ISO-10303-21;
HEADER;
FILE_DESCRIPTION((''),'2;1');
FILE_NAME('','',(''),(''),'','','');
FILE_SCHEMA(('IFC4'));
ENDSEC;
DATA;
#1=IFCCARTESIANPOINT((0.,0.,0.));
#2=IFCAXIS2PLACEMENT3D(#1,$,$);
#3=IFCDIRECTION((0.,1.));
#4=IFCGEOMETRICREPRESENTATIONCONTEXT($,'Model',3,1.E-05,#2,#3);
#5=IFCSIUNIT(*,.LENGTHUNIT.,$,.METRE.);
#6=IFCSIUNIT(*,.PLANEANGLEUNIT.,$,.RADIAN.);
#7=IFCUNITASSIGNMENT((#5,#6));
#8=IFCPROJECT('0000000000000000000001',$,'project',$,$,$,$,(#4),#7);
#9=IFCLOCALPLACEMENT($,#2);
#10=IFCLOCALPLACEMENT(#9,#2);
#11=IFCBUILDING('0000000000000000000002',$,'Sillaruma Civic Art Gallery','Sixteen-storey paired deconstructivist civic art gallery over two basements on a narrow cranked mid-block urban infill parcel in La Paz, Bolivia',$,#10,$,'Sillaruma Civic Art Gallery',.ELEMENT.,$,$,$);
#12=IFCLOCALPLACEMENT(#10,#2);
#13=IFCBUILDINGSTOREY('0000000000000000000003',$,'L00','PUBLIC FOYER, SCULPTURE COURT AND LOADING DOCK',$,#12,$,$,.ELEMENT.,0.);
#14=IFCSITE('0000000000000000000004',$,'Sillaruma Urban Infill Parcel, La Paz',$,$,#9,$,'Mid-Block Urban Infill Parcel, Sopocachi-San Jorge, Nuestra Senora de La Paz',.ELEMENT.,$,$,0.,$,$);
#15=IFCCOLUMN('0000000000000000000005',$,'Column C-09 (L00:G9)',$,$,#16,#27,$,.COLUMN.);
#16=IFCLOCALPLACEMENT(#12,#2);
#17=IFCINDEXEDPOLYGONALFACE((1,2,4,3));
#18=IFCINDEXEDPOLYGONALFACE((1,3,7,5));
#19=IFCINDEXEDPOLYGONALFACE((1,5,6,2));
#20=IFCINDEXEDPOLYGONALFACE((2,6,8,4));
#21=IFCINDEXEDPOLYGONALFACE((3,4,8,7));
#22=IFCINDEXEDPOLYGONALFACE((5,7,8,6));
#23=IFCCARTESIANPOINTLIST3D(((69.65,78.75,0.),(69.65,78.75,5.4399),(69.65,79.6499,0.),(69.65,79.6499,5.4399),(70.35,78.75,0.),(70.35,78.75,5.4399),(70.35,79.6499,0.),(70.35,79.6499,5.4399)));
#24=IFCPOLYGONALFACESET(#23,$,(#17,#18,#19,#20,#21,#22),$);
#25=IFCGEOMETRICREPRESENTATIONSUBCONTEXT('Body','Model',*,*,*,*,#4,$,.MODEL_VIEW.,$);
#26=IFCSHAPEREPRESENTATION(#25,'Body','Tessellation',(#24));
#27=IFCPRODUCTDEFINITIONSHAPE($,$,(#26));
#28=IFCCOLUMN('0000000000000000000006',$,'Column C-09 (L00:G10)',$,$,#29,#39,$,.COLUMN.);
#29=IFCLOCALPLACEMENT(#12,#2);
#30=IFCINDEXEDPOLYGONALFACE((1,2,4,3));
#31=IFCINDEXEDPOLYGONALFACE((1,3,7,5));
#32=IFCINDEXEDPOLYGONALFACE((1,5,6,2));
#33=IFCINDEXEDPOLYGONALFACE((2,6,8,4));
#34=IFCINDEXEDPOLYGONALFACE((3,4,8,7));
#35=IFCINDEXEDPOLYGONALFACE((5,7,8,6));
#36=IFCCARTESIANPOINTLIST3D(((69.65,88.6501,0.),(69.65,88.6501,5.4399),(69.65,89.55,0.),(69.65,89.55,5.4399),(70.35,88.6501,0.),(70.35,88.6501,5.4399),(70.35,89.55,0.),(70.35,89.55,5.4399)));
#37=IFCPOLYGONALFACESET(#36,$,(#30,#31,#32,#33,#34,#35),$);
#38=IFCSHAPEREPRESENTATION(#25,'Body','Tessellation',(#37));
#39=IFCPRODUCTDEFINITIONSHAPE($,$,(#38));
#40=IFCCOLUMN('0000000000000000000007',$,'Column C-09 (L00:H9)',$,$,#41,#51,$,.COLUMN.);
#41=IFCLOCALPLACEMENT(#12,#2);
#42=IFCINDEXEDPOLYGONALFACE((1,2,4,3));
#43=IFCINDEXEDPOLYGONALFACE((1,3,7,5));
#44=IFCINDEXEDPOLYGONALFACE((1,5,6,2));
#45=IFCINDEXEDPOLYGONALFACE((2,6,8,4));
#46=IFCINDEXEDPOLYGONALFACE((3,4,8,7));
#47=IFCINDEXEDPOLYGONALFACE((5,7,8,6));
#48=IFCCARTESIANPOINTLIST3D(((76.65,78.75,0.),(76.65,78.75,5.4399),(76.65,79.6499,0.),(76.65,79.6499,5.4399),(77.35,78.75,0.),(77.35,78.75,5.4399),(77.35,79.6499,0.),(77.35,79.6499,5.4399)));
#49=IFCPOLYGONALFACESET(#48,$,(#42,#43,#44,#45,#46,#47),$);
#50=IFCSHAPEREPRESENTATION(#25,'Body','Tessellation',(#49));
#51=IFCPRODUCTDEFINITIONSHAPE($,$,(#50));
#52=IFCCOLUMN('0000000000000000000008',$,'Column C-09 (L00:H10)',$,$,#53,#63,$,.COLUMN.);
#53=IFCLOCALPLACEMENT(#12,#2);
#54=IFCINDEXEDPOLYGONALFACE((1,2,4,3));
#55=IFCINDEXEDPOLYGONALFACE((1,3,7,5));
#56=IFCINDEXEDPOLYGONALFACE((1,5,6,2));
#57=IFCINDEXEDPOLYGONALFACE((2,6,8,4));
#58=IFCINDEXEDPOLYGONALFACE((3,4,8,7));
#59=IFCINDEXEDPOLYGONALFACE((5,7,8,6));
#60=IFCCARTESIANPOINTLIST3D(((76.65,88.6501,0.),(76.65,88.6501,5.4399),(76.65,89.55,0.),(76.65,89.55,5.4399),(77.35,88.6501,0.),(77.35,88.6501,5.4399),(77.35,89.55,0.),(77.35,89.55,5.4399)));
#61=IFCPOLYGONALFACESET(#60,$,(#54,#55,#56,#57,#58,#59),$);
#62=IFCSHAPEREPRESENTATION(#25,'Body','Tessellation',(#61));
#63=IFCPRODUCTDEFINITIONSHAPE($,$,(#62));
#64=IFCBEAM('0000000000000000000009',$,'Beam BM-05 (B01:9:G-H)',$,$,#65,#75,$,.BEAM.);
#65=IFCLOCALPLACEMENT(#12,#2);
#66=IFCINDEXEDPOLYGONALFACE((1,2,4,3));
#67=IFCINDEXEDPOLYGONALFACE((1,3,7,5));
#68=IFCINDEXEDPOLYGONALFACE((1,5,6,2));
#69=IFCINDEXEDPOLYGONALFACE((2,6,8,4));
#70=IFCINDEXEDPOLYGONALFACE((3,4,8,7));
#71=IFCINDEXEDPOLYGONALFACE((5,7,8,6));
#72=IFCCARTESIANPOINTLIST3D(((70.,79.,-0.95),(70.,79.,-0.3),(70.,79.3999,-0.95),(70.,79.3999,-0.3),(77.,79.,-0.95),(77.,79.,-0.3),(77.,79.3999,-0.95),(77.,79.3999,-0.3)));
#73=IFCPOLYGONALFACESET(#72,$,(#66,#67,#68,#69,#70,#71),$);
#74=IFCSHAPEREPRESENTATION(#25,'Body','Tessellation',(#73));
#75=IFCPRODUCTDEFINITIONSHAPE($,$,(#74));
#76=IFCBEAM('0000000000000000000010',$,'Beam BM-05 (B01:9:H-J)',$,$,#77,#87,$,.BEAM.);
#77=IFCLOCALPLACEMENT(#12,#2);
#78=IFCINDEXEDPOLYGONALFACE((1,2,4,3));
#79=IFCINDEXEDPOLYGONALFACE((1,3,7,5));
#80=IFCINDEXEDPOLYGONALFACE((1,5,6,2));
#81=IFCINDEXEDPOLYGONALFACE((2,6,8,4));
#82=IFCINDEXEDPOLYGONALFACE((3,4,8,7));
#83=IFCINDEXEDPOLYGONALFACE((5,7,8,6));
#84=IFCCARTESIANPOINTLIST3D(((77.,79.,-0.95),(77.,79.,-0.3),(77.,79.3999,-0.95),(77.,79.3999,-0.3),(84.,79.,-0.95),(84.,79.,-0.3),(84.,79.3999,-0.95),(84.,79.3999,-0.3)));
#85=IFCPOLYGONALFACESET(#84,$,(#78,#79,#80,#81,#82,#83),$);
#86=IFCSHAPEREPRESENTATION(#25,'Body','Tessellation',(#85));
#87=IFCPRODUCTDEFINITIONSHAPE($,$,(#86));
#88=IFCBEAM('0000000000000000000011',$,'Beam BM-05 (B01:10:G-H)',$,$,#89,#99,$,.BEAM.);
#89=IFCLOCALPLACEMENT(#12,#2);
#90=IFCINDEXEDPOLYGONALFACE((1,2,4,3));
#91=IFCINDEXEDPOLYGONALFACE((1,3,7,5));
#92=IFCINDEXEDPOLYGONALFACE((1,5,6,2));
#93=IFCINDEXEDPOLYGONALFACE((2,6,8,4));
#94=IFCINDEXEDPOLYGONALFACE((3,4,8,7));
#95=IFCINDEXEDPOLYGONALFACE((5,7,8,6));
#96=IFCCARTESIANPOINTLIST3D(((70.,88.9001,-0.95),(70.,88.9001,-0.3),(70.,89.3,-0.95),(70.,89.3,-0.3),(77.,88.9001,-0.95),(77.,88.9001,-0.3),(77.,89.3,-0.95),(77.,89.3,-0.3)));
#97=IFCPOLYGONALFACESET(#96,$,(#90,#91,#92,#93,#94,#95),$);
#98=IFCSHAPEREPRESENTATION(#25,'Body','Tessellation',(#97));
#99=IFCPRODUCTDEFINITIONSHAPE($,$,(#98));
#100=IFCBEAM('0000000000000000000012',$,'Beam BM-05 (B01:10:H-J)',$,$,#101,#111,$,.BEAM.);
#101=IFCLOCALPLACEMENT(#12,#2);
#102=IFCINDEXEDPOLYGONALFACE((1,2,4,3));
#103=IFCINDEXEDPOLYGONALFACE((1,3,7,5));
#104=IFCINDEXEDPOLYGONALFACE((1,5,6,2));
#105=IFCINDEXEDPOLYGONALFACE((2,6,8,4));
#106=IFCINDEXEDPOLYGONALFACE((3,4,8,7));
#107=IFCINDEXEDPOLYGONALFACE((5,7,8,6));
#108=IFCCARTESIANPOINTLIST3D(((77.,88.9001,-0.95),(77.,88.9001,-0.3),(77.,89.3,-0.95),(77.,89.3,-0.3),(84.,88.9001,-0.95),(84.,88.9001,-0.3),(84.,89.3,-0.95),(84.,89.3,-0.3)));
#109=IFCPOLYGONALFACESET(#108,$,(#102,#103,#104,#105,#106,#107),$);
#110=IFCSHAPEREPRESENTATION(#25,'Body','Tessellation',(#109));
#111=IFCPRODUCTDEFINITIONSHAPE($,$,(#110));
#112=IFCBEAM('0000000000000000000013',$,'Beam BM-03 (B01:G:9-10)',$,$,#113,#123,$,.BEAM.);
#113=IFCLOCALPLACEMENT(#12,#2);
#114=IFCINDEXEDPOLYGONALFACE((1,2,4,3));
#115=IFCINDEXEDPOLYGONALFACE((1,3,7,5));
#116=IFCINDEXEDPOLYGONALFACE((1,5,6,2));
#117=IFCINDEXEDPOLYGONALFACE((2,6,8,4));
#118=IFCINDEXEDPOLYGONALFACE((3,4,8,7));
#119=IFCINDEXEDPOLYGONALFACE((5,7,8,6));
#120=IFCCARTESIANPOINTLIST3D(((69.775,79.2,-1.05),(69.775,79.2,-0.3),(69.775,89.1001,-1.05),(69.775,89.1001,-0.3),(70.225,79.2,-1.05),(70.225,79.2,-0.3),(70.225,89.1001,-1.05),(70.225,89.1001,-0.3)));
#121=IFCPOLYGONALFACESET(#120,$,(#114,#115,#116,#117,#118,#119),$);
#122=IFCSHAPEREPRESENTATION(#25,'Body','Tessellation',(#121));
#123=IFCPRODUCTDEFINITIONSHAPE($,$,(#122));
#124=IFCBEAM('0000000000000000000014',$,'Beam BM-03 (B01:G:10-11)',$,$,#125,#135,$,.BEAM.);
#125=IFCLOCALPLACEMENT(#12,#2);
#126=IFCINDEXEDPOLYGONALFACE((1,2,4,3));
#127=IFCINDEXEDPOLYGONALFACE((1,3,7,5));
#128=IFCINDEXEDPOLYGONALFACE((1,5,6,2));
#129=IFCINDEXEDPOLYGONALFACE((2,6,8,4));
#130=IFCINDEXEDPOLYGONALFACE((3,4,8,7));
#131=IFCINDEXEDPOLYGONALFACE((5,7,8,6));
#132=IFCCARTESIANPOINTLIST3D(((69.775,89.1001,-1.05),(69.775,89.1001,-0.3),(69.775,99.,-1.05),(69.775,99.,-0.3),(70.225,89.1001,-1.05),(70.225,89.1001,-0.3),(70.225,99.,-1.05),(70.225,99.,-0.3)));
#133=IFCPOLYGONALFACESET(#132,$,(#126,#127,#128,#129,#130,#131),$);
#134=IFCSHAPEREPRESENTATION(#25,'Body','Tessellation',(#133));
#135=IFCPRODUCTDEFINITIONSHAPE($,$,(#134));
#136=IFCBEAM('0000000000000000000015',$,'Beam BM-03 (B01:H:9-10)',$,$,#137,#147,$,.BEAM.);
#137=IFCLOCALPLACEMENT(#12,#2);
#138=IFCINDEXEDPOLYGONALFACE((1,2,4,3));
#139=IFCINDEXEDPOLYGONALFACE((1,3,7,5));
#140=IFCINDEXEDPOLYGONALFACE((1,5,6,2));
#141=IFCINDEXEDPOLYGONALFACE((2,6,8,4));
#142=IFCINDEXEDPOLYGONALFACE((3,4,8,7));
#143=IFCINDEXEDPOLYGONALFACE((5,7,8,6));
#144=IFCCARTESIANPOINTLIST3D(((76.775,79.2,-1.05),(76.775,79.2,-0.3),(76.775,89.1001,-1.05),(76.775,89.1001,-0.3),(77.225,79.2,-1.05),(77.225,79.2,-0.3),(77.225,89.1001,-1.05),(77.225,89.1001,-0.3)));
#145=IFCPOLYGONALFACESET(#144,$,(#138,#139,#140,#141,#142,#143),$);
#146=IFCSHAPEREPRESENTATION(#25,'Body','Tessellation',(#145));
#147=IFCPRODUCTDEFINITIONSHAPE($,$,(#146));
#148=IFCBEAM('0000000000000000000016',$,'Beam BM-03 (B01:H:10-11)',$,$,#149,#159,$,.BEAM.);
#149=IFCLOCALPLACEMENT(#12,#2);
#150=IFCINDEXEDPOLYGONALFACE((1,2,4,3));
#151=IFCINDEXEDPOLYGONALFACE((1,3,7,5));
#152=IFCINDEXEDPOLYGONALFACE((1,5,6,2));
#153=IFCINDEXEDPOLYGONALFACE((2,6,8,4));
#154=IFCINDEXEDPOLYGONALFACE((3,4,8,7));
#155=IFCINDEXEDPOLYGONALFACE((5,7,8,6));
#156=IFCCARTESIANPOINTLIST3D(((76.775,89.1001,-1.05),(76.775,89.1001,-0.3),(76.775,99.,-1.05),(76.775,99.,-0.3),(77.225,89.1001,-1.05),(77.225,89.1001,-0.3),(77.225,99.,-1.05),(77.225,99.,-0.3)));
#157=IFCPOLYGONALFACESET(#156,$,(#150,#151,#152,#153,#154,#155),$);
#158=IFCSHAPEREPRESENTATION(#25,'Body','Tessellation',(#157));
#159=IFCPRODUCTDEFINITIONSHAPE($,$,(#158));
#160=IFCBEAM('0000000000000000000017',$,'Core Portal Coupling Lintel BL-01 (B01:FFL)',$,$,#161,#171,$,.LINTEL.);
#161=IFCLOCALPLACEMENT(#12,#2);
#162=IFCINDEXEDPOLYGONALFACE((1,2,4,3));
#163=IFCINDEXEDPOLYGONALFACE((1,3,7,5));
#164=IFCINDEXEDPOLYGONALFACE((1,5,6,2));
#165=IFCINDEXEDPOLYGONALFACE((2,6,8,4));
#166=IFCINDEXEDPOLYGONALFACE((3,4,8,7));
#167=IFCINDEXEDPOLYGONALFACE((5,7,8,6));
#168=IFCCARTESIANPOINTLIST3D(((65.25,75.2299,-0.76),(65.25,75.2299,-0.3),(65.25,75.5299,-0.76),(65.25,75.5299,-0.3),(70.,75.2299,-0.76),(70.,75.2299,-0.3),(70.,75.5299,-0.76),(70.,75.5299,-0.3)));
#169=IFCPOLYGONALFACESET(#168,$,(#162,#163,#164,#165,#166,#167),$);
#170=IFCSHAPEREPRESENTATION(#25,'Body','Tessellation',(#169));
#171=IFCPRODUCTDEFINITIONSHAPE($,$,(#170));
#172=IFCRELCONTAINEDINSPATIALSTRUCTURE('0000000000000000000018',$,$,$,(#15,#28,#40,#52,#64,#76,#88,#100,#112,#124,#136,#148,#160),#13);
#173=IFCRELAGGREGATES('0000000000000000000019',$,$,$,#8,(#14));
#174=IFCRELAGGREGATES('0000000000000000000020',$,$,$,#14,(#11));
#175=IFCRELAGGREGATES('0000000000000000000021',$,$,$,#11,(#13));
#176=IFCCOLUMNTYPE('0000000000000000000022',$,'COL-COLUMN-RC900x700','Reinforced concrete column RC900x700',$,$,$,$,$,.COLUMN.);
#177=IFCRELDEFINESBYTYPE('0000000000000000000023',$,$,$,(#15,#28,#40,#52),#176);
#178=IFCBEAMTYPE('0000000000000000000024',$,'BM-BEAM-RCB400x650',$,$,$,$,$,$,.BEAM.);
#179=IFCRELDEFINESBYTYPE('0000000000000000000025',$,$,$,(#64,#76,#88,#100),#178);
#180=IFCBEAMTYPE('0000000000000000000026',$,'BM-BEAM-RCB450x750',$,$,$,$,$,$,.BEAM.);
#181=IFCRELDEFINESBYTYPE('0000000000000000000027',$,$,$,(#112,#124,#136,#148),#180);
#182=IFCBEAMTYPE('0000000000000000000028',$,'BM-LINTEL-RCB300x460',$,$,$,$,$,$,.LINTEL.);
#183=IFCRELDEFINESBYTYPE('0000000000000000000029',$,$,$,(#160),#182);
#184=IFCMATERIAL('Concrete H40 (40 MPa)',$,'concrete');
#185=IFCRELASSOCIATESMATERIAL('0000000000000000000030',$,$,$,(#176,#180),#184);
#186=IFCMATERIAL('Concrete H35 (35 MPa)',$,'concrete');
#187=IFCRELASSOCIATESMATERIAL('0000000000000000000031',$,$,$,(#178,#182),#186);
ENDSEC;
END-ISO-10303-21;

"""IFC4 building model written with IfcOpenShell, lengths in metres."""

from ifc_helpers import new_model, si_unit, direction, frame, origin, origin_2d, place, context, subcontext, project, spatial, rectangle, extrude, material, material_profile, profile_set, type_object, element, save


model = new_model("IFC4")

# Units and contexts
model_context = context("Model", 3, precision=1e-05, world=origin(), true_north=direction((0.0, 1.0)))
body_context = subcontext(model_context, "Body", "Model", "MODEL_VIEW")
ifc_project = project(units=[si_unit("LENGTHUNIT", "METRE"), si_unit("PLANEANGLEUNIT", "RADIAN")], contexts=[model_context])

# Site, building, storey
site_placement = place(None, origin())
site = spatial("IfcSite", under=ifc_project, at=site_placement, Name="Sillaruma Urban Infill Parcel, La Paz", LongName="Mid-Block Urban Infill Parcel, Sopocachi-San Jorge, Nuestra Senora de La Paz", CompositionType="ELEMENT", RefElevation=0.0)
building_placement = place(site_placement, origin())
building = spatial("IfcBuilding", under=site, at=building_placement, Name="Sillaruma Civic Art Gallery", Description="Sixteen-storey paired deconstructivist civic art gallery over two basements on a narrow cranked mid-block urban infill parcel in La Paz, Bolivia", LongName="Sillaruma Civic Art Gallery", CompositionType="ELEMENT")
storey_placement = place(building_placement, origin())
storey = spatial("IfcBuildingStorey", under=building, at=storey_placement, Name="L00", Description="PUBLIC FOYER, SCULPTURE COURT AND LOADING DOCK", CompositionType="ELEMENT", Elevation=0.0)

# Columns
ifc_material_1 = material(Name="Concrete H40 (40 MPa)", Category="concrete")
ifc_material_profile_1 = material_profile(ifc_material_1, rectangle(XDim=0.7, YDim=0.8999, at=origin_2d()), Name="RC900x700")
ifc_profile_set_1 = profile_set([ifc_material_profile_1], Name="Concrete H40 (40 MPa)")
column_type = type_object("IfcColumnType", Name="COL-COLUMN-RC900x700", Description="Reinforced concrete column RC900x700", PredefinedType="COLUMN", material=ifc_profile_set_1)
for number, where, z_axis, x_axis, name in (
    (1, (70.0, 79.2, 0.0), (0.0, 0.0, 1.0), (1.0, 0.0, 0.0), "Column C-09 (L00:G9)"),
    (2, (70.0, 89.1001, 0.0), (0.0, 0.0, 1.0), (1.0, 0.0, 0.0), "Column C-09 (L00:G10)"),
    (3, (77.0, 79.2, 0.0), (0.0, 0.0, 1.0), (1.0, 0.0, 0.0), "Column C-09 (L00:H9)"),
    (4, (77.0, 89.1001, 0.0), (0.0, 0.0, 1.0), (1.0, 0.0, 0.0), "Column C-09 (L00:H10)"),
):
    element("IfcColumn", number, at=place(storey_placement, frame(where, z_axis=z_axis, x_axis=x_axis)), inside=storey, type_object=column_type, Name=name, PredefinedType="COLUMN", context=body_context, shape_type="SweptSolid", body=[
        extrude(rectangle(XDim=0.7, YDim=0.8999, at=origin_2d()), origin(), (0.0, 0.0, 1.0), 5.4399),
    ])

# Beams
ifc_material_2 = material(Name="Concrete H35 (35 MPa)", Category="concrete")
ifc_material_profile_2 = material_profile(ifc_material_2, rectangle(XDim=0.3999, YDim=0.6499, at=origin_2d()), Name="RCB400x650")
ifc_profile_set_2 = profile_set([ifc_material_profile_2], Name="Concrete H35 (35 MPa)")
beam_type_1 = type_object("IfcBeamType", Name="BM-BEAM-RCB400x650", PredefinedType="BEAM", material=ifc_profile_set_2)
for number, where, z_axis, x_axis, name in (
    (5, (70.0, 79.2, -0.625), (1.0, 0.0, 0.0), (0.0, 1.0, 0.0), "Beam BM-05 (B01:9:G-H)"),
    (6, (77.0, 79.2, -0.625), (1.0, 0.0, 0.0), (0.0, 1.0, 0.0), "Beam BM-05 (B01:9:H-J)"),
    (7, (70.0, 89.1001, -0.625), (1.0, 0.0, 0.0), (0.0, 1.0, 0.0), "Beam BM-05 (B01:10:G-H)"),
    (8, (77.0, 89.1001, -0.625), (1.0, 0.0, 0.0), (0.0, 1.0, 0.0), "Beam BM-05 (B01:10:H-J)"),
):
    element("IfcBeam", number, at=place(storey_placement, frame(where, z_axis=z_axis, x_axis=x_axis)), inside=storey, type_object=beam_type_1, Name=name, PredefinedType="BEAM", context=body_context, shape_type="SweptSolid", body=[
        extrude(rectangle(XDim=0.3999, YDim=0.6499, at=origin_2d()), origin(), (0.0, 0.0, 1.0), 7.0),
    ])
ifc_material_profile_3 = material_profile(ifc_material_1, rectangle(XDim=0.45, YDim=0.75, at=origin_2d()), Name="RCB450x750")
ifc_profile_set_3 = profile_set([ifc_material_profile_3], Name="Concrete H40 (40 MPa)")
beam_type_2 = type_object("IfcBeamType", Name="BM-BEAM-RCB450x750", PredefinedType="BEAM", material=ifc_profile_set_3)
beam_1_placement = place(storey_placement, frame((70.0, 79.2, -0.675), z_axis=(0.0, 1.0, 0.0), x_axis=(-1.0, 0.0, 0.0)))
element("IfcBeam", 9, at=beam_1_placement, inside=storey, type_object=beam_type_2, Name="Beam BM-03 (B01:G:9-10)", PredefinedType="BEAM", context=body_context, shape_type="SweptSolid", body=[
    extrude(rectangle(XDim=0.45, YDim=0.75, at=origin_2d()), origin(), (0.0, 0.0, 1.0), 9.9001),
])
beam_2_placement = place(storey_placement, frame((70.0, 89.1001, -0.675), z_axis=(0.0, 1.0, 0.0), x_axis=(-1.0, 0.0, 0.0)))
element("IfcBeam", 10, at=beam_2_placement, inside=storey, type_object=beam_type_2, Name="Beam BM-03 (B01:G:10-11)", PredefinedType="BEAM", context=body_context, shape_type="SweptSolid", body=[
    extrude(rectangle(XDim=0.45, YDim=0.75, at=origin_2d()), origin(), (0.0, 0.0, 1.0), 9.8999),
])
beam_3_placement = place(storey_placement, frame((77.0, 79.2, -0.675), z_axis=(0.0, 1.0, 0.0), x_axis=(-1.0, 0.0, 0.0)))
element("IfcBeam", 11, at=beam_3_placement, inside=storey, type_object=beam_type_2, Name="Beam BM-03 (B01:H:9-10)", PredefinedType="BEAM", context=body_context, shape_type="SweptSolid", body=[
    extrude(rectangle(XDim=0.45, YDim=0.75, at=origin_2d()), origin(), (0.0, 0.0, 1.0), 9.9001),
])
beam_4_placement = place(storey_placement, frame((77.0, 89.1001, -0.675), z_axis=(0.0, 1.0, 0.0), x_axis=(-1.0, 0.0, 0.0)))
element("IfcBeam", 12, at=beam_4_placement, inside=storey, type_object=beam_type_2, Name="Beam BM-03 (B01:H:10-11)", PredefinedType="BEAM", context=body_context, shape_type="SweptSolid", body=[
    extrude(rectangle(XDim=0.45, YDim=0.75, at=origin_2d()), origin(), (0.0, 0.0, 1.0), 9.8999),
])
ifc_material_profile_4 = material_profile(ifc_material_2, rectangle(XDim=0.3, YDim=0.46, at=origin_2d()), Name="RCB300x460")
ifc_profile_set_4 = profile_set([ifc_material_profile_4], Name="Concrete H35 (35 MPa)")
beam_type_3 = type_object("IfcBeamType", Name="BM-LINTEL-RCB300x460", PredefinedType="LINTEL", material=ifc_profile_set_4)
beam_5_placement = place(storey_placement, frame((65.25, 75.3799, -0.53), z_axis=(1.0, 0.0, 0.0), x_axis=(0.0, 1.0, 0.0)))
element("IfcBeam", 13, at=beam_5_placement, inside=storey, type_object=beam_type_3, Name="Core Portal Coupling Lintel BL-01 (B01:FFL)", PredefinedType="LINTEL", context=body_context, shape_type="SweptSolid", body=[
    extrude(rectangle(XDim=0.3, YDim=0.46, at=origin_2d()), origin(), (0.0, 0.0, 1.0), 4.75),
])

save(model, "model.ifc")
